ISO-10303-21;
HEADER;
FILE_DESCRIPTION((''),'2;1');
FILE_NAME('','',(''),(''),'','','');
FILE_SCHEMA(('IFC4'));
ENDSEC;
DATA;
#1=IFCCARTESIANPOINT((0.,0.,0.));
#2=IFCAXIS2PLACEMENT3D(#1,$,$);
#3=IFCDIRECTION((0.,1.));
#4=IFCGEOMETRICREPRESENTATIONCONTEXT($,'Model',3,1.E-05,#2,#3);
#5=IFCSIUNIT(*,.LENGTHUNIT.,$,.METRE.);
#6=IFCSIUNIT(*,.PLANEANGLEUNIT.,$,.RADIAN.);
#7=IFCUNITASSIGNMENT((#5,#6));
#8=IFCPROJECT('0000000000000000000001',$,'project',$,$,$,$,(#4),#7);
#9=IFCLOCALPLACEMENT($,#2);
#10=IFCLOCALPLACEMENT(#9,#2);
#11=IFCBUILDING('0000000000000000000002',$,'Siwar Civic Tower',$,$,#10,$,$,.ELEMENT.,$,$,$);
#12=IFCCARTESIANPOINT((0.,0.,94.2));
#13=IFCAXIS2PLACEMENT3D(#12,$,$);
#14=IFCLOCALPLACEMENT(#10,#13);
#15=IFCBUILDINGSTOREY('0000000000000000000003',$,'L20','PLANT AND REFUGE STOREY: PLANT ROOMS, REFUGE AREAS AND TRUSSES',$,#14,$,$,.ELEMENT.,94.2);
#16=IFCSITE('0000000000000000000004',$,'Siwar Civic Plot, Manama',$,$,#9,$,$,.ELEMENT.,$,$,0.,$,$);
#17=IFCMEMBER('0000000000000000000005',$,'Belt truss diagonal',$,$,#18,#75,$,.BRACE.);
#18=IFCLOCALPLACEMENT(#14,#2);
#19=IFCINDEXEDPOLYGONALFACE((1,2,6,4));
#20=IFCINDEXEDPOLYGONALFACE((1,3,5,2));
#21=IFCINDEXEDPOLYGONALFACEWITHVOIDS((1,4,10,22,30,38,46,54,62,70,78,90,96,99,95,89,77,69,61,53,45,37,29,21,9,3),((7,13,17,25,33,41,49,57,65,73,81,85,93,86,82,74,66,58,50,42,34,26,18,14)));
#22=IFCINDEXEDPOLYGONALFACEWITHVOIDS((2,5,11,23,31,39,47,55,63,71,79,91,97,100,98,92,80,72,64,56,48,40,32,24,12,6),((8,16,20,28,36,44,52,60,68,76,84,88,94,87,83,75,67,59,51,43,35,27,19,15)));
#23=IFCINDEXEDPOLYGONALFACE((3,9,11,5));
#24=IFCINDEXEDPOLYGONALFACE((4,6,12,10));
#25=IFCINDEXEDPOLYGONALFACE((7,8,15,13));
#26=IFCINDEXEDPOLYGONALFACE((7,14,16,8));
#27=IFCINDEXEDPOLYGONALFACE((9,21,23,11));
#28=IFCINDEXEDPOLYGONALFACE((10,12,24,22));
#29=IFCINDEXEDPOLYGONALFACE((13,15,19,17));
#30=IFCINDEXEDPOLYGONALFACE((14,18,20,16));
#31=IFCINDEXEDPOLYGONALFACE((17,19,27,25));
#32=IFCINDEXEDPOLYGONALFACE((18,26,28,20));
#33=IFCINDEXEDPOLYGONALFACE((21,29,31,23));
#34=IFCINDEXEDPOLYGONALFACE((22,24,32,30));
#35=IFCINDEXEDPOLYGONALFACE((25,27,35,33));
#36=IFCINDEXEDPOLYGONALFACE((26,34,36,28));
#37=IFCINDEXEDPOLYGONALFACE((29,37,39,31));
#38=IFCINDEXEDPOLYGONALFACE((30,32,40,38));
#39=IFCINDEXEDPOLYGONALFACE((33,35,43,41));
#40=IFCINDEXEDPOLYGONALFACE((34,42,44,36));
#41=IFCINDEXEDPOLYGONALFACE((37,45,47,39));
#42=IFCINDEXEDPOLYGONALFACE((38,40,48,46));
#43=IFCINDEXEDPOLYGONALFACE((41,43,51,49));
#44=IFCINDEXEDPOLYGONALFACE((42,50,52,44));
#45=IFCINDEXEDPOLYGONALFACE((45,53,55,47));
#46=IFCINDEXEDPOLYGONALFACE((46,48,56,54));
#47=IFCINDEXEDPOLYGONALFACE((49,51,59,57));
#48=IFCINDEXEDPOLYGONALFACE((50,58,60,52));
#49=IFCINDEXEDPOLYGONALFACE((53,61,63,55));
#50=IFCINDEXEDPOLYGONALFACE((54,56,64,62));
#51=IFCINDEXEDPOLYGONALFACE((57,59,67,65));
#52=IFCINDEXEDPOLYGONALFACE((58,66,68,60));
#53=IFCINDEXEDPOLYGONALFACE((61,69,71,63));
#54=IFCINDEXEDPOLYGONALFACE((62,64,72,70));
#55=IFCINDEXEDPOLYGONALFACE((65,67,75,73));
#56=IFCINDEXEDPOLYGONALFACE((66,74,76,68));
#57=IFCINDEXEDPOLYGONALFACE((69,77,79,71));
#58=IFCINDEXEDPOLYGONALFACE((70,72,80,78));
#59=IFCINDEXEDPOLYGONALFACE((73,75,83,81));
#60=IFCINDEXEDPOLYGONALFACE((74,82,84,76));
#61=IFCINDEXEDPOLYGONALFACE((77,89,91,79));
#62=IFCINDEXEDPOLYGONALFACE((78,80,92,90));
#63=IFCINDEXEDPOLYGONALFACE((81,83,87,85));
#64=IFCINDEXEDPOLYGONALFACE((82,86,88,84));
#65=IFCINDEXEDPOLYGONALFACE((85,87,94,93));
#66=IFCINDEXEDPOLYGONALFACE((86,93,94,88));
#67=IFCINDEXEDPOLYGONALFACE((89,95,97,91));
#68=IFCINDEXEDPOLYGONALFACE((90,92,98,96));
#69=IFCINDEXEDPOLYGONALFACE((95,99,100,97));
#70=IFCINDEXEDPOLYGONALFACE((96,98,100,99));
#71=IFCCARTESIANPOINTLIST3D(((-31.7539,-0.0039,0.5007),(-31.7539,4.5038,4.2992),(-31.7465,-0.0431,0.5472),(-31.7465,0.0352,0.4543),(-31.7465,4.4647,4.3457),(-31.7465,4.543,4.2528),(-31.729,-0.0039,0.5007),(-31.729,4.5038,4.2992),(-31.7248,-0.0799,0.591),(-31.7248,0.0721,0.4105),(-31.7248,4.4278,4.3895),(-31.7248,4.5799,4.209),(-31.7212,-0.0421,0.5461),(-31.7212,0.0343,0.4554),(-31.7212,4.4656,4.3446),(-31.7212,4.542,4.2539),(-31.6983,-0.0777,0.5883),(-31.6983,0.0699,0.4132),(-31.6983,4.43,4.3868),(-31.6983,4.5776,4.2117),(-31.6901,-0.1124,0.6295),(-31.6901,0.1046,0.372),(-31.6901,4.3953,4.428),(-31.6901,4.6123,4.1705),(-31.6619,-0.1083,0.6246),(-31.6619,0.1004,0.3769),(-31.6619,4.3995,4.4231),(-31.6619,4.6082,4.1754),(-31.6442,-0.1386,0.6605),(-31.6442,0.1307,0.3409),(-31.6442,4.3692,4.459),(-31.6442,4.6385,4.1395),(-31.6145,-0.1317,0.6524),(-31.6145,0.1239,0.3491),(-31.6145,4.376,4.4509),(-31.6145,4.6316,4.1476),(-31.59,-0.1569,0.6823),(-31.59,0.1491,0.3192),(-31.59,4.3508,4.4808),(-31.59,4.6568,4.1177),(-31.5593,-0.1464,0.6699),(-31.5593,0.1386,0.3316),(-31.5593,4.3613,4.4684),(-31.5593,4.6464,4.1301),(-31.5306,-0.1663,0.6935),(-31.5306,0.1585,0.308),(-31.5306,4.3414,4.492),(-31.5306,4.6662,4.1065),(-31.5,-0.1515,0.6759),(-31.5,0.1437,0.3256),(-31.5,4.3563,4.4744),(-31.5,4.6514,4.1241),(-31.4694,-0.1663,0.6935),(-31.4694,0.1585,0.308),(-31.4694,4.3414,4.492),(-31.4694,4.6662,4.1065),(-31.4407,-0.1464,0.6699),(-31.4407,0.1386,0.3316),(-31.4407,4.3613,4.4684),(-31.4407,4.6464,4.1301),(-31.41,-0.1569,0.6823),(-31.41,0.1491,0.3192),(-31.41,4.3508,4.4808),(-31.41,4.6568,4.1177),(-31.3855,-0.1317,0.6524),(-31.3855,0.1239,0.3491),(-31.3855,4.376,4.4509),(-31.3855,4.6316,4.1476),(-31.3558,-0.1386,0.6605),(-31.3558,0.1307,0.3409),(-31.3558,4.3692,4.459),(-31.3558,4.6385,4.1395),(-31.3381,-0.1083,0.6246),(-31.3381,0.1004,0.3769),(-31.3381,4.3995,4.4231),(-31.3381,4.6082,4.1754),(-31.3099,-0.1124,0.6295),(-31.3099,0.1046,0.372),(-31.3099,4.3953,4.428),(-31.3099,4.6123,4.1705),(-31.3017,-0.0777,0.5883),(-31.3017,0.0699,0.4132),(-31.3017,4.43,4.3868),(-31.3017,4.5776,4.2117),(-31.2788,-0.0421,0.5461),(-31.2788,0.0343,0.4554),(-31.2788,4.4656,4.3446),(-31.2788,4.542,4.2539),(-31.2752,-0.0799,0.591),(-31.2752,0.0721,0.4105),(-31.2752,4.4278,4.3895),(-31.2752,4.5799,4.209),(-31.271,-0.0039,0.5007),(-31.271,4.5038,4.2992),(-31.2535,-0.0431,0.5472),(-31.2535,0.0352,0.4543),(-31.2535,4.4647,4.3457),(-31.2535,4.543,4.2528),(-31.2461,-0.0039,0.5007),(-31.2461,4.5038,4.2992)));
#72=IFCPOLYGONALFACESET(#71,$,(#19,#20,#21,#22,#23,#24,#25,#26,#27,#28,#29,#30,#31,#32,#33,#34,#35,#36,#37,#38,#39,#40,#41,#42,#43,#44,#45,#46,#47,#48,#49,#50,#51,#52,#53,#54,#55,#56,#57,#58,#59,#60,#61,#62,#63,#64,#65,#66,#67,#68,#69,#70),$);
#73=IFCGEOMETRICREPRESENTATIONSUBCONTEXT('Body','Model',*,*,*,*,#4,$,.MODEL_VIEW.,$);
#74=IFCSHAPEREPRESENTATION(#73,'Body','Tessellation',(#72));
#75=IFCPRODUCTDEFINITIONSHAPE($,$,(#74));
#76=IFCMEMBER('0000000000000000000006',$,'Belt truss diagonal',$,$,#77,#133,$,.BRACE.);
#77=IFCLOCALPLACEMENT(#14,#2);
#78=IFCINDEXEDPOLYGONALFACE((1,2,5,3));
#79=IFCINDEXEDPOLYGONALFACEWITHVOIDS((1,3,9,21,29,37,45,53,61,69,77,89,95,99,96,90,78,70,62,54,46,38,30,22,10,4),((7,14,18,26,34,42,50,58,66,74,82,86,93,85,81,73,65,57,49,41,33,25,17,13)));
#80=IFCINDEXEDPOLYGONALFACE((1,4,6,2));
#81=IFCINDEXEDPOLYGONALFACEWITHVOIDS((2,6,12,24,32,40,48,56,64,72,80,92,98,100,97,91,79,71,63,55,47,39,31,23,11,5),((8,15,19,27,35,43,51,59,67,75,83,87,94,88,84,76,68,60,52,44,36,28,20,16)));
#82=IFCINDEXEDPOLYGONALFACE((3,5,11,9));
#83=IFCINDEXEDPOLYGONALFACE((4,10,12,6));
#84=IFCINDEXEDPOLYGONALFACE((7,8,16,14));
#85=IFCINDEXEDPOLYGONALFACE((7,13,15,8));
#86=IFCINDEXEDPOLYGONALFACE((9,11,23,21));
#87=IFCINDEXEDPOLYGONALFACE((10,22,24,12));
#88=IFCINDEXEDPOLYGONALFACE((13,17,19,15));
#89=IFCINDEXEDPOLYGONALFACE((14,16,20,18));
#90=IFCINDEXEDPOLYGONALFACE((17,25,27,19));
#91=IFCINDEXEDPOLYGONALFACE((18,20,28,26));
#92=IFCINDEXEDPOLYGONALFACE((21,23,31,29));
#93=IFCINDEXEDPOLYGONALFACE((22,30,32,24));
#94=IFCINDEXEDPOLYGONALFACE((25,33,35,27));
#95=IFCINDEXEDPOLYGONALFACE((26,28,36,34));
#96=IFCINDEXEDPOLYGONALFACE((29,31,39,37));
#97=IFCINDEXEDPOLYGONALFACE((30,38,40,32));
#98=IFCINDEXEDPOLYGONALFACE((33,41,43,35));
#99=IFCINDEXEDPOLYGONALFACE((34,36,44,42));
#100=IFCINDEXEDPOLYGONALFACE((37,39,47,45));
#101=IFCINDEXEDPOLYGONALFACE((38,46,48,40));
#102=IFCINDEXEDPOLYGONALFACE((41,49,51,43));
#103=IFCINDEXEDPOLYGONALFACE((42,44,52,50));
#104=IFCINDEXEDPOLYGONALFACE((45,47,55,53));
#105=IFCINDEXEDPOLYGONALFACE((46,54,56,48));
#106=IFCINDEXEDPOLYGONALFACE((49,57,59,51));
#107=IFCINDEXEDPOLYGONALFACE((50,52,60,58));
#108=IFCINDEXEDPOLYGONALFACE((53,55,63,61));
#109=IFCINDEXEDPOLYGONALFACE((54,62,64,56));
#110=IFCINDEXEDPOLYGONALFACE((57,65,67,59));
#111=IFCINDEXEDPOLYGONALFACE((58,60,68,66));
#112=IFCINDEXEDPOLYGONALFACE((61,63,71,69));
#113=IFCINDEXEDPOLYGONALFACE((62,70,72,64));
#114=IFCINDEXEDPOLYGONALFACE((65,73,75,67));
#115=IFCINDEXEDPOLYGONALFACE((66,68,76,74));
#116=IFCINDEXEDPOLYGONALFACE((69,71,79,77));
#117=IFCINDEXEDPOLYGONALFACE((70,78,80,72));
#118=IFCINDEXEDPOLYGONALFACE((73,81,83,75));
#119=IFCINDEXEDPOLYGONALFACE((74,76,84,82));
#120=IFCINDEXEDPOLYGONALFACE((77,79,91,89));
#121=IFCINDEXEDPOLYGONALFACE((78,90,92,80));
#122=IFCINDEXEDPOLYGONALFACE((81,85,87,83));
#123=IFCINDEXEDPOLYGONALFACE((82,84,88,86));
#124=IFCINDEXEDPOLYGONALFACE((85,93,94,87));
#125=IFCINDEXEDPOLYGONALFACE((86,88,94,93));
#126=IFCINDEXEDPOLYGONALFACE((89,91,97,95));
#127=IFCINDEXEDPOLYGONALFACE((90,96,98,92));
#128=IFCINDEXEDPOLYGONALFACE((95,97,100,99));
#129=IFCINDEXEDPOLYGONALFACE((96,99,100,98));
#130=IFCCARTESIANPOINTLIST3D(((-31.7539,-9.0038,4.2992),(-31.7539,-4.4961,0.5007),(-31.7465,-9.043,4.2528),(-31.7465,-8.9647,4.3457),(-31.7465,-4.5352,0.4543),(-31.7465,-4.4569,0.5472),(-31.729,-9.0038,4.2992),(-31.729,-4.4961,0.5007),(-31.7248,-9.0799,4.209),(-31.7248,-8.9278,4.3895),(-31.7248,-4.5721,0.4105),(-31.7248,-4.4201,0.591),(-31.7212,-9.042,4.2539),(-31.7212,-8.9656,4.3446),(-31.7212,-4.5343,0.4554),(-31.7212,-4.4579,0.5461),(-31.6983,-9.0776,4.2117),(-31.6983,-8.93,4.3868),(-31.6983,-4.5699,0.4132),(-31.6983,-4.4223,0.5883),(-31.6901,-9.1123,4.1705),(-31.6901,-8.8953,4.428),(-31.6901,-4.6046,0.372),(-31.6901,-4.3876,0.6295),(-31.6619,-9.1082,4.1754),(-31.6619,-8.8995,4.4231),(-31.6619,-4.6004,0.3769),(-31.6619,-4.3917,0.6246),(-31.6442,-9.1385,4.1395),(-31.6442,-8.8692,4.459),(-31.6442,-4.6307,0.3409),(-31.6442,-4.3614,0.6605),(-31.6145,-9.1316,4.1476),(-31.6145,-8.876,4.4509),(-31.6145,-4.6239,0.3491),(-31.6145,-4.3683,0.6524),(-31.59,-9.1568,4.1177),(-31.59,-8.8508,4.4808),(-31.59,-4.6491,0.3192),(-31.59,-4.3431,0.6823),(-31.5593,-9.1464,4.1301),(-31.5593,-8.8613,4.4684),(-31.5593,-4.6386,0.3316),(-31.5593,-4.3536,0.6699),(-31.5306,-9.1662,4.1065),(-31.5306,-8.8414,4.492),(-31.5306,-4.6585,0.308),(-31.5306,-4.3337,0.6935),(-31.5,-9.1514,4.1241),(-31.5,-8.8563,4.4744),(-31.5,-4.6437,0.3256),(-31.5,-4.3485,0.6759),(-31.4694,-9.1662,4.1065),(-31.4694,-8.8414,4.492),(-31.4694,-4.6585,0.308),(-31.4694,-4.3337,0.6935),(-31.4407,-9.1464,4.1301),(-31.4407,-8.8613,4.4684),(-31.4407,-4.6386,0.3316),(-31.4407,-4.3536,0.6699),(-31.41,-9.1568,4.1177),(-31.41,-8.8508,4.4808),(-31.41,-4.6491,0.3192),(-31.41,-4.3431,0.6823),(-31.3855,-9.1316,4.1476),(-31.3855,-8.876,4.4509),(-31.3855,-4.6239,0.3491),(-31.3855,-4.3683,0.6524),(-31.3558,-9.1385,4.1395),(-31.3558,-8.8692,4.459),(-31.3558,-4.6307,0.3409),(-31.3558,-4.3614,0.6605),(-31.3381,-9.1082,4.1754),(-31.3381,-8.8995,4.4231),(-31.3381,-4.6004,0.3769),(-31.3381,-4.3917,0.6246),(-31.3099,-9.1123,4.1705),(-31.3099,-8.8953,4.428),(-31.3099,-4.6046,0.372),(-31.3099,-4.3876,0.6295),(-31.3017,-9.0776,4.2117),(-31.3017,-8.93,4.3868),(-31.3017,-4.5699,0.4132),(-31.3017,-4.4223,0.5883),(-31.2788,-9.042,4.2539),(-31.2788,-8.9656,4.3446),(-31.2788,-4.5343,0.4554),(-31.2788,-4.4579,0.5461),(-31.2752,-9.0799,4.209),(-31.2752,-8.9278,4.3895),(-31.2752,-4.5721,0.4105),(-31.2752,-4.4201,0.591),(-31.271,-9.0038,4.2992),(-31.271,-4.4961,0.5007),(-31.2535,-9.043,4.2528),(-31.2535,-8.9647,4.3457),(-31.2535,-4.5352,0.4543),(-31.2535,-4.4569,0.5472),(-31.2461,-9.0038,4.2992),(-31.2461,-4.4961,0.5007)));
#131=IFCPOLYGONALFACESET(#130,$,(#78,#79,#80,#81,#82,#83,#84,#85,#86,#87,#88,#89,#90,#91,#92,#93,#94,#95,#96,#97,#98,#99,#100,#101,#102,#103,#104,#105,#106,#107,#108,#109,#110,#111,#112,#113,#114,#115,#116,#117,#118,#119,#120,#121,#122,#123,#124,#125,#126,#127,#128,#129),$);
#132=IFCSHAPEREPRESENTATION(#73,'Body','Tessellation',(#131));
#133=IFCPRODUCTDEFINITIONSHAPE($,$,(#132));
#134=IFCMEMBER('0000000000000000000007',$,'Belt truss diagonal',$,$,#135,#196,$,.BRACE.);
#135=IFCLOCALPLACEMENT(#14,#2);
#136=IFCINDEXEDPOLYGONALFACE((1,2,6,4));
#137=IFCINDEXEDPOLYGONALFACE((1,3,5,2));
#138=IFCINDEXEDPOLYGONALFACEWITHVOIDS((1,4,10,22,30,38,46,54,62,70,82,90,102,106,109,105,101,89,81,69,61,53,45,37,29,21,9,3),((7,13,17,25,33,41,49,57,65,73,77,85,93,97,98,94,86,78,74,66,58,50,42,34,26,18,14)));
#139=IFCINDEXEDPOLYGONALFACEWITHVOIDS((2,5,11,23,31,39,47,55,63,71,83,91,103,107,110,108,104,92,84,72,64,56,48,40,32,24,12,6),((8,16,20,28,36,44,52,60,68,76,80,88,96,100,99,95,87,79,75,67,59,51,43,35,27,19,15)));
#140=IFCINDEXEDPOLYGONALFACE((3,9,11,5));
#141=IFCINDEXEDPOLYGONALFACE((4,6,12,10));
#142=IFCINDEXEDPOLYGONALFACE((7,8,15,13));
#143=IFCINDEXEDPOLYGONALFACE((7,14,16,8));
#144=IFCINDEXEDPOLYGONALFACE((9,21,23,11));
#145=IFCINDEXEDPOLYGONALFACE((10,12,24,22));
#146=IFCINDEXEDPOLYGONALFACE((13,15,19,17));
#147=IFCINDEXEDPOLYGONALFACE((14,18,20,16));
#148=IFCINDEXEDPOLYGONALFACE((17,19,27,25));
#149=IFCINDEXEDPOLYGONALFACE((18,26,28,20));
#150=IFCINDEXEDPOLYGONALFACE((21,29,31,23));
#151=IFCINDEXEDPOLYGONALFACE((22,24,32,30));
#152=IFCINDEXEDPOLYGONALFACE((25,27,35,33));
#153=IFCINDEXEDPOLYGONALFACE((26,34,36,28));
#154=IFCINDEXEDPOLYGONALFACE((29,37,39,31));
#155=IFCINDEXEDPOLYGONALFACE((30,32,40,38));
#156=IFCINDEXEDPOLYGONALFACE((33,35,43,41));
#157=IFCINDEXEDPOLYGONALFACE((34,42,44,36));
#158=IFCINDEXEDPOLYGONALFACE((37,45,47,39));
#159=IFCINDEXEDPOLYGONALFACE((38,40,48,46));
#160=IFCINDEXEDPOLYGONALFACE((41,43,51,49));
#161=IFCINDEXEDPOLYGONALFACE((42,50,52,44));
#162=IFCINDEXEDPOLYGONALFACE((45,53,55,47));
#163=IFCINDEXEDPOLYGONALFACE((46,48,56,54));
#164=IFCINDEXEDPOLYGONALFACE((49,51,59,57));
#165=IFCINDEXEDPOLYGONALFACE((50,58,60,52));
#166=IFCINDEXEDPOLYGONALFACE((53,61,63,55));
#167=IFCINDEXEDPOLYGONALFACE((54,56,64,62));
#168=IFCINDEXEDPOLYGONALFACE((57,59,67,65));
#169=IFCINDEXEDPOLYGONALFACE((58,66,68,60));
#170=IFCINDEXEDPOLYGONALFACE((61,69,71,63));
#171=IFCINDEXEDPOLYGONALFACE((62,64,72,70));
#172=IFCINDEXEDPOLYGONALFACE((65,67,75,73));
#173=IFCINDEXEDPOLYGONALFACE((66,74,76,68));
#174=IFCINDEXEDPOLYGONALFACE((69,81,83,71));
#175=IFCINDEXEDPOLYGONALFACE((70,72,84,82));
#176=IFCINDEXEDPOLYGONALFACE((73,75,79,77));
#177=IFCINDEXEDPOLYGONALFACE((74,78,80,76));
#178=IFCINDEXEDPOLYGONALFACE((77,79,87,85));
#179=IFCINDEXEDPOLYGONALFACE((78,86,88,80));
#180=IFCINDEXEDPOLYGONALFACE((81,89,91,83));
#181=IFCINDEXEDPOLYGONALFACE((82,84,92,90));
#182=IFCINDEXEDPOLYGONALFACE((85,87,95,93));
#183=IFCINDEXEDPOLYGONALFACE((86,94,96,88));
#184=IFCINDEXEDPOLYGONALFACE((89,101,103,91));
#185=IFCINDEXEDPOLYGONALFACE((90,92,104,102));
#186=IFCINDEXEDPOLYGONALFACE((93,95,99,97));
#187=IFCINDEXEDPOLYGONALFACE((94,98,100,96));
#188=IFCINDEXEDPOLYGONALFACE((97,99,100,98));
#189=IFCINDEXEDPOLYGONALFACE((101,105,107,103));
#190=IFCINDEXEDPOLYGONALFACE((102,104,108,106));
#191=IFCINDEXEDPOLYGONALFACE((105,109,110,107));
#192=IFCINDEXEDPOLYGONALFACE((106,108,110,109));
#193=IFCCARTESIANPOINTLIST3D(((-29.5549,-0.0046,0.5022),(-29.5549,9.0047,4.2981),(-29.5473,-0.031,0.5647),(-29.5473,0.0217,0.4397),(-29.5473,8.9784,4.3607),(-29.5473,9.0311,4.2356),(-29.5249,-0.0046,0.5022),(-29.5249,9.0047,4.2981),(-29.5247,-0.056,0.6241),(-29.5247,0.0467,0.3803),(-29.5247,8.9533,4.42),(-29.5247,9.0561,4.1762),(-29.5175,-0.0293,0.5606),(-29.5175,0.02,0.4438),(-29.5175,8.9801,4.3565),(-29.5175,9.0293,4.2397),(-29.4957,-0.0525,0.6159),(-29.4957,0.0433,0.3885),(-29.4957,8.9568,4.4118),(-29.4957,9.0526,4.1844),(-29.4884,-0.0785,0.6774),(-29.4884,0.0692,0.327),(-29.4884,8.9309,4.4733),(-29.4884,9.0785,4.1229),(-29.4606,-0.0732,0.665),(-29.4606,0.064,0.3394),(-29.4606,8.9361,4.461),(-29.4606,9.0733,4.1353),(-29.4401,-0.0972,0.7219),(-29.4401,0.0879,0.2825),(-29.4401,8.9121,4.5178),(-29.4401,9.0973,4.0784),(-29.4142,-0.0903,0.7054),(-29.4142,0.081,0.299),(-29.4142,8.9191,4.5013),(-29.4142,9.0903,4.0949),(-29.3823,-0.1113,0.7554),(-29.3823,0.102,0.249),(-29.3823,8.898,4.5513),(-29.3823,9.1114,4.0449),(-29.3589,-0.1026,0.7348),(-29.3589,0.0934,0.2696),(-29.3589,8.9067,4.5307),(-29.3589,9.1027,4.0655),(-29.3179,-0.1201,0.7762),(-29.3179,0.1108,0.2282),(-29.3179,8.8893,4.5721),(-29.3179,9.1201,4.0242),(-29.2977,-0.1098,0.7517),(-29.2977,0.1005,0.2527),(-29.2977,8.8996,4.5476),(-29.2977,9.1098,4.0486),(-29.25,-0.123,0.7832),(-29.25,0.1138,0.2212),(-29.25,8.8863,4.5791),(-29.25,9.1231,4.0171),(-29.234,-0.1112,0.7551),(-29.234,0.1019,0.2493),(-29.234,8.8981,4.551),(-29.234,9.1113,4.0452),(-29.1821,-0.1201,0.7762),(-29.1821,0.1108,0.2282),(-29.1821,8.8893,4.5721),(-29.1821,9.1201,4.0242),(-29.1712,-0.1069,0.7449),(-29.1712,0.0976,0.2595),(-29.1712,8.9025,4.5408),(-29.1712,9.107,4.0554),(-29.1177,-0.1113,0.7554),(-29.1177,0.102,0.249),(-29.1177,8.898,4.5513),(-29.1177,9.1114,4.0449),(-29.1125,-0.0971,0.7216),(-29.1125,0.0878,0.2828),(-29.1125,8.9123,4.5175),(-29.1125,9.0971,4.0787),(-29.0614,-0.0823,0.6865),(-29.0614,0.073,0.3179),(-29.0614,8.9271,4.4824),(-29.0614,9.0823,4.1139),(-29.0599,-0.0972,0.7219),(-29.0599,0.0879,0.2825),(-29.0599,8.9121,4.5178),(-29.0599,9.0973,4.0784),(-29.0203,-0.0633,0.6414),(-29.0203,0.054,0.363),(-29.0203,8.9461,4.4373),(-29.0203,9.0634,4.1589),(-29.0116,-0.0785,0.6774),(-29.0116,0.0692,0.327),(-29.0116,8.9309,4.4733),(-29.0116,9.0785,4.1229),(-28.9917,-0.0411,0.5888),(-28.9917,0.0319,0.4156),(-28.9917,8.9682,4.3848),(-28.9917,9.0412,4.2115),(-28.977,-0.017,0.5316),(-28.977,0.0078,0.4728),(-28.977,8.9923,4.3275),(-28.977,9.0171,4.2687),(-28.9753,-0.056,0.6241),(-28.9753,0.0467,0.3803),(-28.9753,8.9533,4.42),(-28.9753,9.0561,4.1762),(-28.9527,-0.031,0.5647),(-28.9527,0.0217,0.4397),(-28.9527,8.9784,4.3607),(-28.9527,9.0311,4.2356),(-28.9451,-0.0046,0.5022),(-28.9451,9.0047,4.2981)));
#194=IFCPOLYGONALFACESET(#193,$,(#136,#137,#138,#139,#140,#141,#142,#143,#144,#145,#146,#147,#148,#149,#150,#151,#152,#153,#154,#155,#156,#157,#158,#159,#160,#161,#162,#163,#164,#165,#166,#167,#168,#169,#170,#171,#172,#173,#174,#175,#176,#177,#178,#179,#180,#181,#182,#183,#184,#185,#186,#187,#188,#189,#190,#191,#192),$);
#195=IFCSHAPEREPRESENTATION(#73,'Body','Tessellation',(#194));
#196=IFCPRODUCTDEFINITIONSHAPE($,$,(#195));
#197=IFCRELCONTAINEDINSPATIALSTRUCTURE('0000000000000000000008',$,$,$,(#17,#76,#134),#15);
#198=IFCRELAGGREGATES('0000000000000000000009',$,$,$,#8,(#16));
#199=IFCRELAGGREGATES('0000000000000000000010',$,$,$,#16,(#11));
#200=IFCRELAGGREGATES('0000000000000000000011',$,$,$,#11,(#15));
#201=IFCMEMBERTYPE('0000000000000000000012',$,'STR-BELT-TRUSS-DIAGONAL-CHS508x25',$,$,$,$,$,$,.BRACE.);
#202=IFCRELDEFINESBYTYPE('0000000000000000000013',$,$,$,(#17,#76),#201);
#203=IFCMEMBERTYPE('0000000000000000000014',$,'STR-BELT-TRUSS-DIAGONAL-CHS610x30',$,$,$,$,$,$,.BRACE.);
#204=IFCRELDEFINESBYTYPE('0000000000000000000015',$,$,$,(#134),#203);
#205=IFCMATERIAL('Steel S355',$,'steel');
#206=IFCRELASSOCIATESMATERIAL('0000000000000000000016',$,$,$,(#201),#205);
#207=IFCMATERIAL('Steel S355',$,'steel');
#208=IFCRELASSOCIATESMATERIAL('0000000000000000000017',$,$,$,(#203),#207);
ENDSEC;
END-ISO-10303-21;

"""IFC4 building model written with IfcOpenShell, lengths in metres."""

from ifc_helpers import new_model, si_unit, direction, frame, origin, origin_2d, place, context, subcontext, project, spatial, hollow_circle, extrude, material, material_profile, profile_set, type_object, element, save


model = new_model("IFC4")

# Units and contexts
model_context = context("Model", 3, precision=1e-05, world=origin(), true_north=direction((0.0, 1.0)))
body_context = subcontext(model_context, "Body", "Model", "MODEL_VIEW")
ifc_project = project(units=[si_unit("LENGTHUNIT", "METRE"), si_unit("PLANEANGLEUNIT", "RADIAN")], contexts=[model_context])

# Site, building, storey
site_placement = place(None, origin())
site = spatial("IfcSite", under=ifc_project, at=site_placement, Name="Siwar Civic Plot, Manama", CompositionType="ELEMENT", RefElevation=0.0)
building_placement = place(site_placement, origin())
building = spatial("IfcBuilding", under=site, at=building_placement, Name="Siwar Civic Tower", CompositionType="ELEMENT")
storey_placement = place(building_placement, frame((0.0, 0.0, 94.2)))
storey = spatial("IfcBuildingStorey", under=building, at=storey_placement, Name="L20", Description="PLANT AND REFUGE STOREY: PLANT ROOMS, REFUGE AREAS AND TRUSSES", CompositionType="ELEMENT", Elevation=94.2)

# Members
ifc_material_1 = material(Name="Steel S355", Category="steel")
ifc_material_profile_1 = material_profile(ifc_material_1, hollow_circle(Radius=0.2539, WallThickness=0.0249, at=origin_2d()), Name="CHS508x25")
ifc_profile_set_1 = profile_set([ifc_material_profile_1], Name="Steel S355")
member_type_1 = type_object("IfcMemberType", Name="STR-BELT-TRUSS-DIAGONAL-CHS508x25", PredefinedType="BRACE", material=ifc_profile_set_1)
for number, where, z_axis, x_axis, name in (
    (1, (-31.5, -0.0039, 0.5007), (0.0, 0.7647, 0.644387), (-1.0, 0.0, 0.0), "Belt truss diagonal"),
    (2, (-31.5, -4.4961, 0.5007), (0.0, -0.7647, 0.644387), (1.0, 0.0, 0.0), "Belt truss diagonal"),
):
    element("IfcMember", number, at=place(storey_placement, frame(where, z_axis=z_axis, x_axis=x_axis)), inside=storey, type_object=member_type_1, Name=name, PredefinedType="BRACE", context=body_context, shape_type="SweptSolid", body=[
        extrude(hollow_circle(Radius=0.2539, WallThickness=0.0249, at=origin_2d()), origin(), (0.0, 0.0, 1.0), 5.8948),
    ])
ifc_material_2 = material(Name="Steel S355", Category="steel")
ifc_material_profile_2 = material_profile(ifc_material_2, hollow_circle(Radius=0.3049, WallThickness=0.03, at=origin_2d()), Name="CHS610x30")
ifc_profile_set_2 = profile_set([ifc_material_profile_2], Name="Steel S355")
member_type_2 = type_object("IfcMemberType", Name="STR-BELT-TRUSS-DIAGONAL-CHS610x30", PredefinedType="BRACE", material=ifc_profile_set_2)
member_1_placement = place(storey_placement, frame((-29.25, -0.0046, 0.5022), z_axis=(0.0, 0.921543, 0.388276), x_axis=(-1.0, 0.0, 0.0)))
element("IfcMember", 3, at=member_1_placement, inside=storey, type_object=member_type_2, Name="Belt truss diagonal", PredefinedType="BRACE", context=body_context, shape_type="SweptSolid", body=[
    extrude(hollow_circle(Radius=0.3049, WallThickness=0.03, at=origin_2d()), origin(), (0.0, 0.0, 1.0), 9.7764),
])

save(model, "model.ifc")
